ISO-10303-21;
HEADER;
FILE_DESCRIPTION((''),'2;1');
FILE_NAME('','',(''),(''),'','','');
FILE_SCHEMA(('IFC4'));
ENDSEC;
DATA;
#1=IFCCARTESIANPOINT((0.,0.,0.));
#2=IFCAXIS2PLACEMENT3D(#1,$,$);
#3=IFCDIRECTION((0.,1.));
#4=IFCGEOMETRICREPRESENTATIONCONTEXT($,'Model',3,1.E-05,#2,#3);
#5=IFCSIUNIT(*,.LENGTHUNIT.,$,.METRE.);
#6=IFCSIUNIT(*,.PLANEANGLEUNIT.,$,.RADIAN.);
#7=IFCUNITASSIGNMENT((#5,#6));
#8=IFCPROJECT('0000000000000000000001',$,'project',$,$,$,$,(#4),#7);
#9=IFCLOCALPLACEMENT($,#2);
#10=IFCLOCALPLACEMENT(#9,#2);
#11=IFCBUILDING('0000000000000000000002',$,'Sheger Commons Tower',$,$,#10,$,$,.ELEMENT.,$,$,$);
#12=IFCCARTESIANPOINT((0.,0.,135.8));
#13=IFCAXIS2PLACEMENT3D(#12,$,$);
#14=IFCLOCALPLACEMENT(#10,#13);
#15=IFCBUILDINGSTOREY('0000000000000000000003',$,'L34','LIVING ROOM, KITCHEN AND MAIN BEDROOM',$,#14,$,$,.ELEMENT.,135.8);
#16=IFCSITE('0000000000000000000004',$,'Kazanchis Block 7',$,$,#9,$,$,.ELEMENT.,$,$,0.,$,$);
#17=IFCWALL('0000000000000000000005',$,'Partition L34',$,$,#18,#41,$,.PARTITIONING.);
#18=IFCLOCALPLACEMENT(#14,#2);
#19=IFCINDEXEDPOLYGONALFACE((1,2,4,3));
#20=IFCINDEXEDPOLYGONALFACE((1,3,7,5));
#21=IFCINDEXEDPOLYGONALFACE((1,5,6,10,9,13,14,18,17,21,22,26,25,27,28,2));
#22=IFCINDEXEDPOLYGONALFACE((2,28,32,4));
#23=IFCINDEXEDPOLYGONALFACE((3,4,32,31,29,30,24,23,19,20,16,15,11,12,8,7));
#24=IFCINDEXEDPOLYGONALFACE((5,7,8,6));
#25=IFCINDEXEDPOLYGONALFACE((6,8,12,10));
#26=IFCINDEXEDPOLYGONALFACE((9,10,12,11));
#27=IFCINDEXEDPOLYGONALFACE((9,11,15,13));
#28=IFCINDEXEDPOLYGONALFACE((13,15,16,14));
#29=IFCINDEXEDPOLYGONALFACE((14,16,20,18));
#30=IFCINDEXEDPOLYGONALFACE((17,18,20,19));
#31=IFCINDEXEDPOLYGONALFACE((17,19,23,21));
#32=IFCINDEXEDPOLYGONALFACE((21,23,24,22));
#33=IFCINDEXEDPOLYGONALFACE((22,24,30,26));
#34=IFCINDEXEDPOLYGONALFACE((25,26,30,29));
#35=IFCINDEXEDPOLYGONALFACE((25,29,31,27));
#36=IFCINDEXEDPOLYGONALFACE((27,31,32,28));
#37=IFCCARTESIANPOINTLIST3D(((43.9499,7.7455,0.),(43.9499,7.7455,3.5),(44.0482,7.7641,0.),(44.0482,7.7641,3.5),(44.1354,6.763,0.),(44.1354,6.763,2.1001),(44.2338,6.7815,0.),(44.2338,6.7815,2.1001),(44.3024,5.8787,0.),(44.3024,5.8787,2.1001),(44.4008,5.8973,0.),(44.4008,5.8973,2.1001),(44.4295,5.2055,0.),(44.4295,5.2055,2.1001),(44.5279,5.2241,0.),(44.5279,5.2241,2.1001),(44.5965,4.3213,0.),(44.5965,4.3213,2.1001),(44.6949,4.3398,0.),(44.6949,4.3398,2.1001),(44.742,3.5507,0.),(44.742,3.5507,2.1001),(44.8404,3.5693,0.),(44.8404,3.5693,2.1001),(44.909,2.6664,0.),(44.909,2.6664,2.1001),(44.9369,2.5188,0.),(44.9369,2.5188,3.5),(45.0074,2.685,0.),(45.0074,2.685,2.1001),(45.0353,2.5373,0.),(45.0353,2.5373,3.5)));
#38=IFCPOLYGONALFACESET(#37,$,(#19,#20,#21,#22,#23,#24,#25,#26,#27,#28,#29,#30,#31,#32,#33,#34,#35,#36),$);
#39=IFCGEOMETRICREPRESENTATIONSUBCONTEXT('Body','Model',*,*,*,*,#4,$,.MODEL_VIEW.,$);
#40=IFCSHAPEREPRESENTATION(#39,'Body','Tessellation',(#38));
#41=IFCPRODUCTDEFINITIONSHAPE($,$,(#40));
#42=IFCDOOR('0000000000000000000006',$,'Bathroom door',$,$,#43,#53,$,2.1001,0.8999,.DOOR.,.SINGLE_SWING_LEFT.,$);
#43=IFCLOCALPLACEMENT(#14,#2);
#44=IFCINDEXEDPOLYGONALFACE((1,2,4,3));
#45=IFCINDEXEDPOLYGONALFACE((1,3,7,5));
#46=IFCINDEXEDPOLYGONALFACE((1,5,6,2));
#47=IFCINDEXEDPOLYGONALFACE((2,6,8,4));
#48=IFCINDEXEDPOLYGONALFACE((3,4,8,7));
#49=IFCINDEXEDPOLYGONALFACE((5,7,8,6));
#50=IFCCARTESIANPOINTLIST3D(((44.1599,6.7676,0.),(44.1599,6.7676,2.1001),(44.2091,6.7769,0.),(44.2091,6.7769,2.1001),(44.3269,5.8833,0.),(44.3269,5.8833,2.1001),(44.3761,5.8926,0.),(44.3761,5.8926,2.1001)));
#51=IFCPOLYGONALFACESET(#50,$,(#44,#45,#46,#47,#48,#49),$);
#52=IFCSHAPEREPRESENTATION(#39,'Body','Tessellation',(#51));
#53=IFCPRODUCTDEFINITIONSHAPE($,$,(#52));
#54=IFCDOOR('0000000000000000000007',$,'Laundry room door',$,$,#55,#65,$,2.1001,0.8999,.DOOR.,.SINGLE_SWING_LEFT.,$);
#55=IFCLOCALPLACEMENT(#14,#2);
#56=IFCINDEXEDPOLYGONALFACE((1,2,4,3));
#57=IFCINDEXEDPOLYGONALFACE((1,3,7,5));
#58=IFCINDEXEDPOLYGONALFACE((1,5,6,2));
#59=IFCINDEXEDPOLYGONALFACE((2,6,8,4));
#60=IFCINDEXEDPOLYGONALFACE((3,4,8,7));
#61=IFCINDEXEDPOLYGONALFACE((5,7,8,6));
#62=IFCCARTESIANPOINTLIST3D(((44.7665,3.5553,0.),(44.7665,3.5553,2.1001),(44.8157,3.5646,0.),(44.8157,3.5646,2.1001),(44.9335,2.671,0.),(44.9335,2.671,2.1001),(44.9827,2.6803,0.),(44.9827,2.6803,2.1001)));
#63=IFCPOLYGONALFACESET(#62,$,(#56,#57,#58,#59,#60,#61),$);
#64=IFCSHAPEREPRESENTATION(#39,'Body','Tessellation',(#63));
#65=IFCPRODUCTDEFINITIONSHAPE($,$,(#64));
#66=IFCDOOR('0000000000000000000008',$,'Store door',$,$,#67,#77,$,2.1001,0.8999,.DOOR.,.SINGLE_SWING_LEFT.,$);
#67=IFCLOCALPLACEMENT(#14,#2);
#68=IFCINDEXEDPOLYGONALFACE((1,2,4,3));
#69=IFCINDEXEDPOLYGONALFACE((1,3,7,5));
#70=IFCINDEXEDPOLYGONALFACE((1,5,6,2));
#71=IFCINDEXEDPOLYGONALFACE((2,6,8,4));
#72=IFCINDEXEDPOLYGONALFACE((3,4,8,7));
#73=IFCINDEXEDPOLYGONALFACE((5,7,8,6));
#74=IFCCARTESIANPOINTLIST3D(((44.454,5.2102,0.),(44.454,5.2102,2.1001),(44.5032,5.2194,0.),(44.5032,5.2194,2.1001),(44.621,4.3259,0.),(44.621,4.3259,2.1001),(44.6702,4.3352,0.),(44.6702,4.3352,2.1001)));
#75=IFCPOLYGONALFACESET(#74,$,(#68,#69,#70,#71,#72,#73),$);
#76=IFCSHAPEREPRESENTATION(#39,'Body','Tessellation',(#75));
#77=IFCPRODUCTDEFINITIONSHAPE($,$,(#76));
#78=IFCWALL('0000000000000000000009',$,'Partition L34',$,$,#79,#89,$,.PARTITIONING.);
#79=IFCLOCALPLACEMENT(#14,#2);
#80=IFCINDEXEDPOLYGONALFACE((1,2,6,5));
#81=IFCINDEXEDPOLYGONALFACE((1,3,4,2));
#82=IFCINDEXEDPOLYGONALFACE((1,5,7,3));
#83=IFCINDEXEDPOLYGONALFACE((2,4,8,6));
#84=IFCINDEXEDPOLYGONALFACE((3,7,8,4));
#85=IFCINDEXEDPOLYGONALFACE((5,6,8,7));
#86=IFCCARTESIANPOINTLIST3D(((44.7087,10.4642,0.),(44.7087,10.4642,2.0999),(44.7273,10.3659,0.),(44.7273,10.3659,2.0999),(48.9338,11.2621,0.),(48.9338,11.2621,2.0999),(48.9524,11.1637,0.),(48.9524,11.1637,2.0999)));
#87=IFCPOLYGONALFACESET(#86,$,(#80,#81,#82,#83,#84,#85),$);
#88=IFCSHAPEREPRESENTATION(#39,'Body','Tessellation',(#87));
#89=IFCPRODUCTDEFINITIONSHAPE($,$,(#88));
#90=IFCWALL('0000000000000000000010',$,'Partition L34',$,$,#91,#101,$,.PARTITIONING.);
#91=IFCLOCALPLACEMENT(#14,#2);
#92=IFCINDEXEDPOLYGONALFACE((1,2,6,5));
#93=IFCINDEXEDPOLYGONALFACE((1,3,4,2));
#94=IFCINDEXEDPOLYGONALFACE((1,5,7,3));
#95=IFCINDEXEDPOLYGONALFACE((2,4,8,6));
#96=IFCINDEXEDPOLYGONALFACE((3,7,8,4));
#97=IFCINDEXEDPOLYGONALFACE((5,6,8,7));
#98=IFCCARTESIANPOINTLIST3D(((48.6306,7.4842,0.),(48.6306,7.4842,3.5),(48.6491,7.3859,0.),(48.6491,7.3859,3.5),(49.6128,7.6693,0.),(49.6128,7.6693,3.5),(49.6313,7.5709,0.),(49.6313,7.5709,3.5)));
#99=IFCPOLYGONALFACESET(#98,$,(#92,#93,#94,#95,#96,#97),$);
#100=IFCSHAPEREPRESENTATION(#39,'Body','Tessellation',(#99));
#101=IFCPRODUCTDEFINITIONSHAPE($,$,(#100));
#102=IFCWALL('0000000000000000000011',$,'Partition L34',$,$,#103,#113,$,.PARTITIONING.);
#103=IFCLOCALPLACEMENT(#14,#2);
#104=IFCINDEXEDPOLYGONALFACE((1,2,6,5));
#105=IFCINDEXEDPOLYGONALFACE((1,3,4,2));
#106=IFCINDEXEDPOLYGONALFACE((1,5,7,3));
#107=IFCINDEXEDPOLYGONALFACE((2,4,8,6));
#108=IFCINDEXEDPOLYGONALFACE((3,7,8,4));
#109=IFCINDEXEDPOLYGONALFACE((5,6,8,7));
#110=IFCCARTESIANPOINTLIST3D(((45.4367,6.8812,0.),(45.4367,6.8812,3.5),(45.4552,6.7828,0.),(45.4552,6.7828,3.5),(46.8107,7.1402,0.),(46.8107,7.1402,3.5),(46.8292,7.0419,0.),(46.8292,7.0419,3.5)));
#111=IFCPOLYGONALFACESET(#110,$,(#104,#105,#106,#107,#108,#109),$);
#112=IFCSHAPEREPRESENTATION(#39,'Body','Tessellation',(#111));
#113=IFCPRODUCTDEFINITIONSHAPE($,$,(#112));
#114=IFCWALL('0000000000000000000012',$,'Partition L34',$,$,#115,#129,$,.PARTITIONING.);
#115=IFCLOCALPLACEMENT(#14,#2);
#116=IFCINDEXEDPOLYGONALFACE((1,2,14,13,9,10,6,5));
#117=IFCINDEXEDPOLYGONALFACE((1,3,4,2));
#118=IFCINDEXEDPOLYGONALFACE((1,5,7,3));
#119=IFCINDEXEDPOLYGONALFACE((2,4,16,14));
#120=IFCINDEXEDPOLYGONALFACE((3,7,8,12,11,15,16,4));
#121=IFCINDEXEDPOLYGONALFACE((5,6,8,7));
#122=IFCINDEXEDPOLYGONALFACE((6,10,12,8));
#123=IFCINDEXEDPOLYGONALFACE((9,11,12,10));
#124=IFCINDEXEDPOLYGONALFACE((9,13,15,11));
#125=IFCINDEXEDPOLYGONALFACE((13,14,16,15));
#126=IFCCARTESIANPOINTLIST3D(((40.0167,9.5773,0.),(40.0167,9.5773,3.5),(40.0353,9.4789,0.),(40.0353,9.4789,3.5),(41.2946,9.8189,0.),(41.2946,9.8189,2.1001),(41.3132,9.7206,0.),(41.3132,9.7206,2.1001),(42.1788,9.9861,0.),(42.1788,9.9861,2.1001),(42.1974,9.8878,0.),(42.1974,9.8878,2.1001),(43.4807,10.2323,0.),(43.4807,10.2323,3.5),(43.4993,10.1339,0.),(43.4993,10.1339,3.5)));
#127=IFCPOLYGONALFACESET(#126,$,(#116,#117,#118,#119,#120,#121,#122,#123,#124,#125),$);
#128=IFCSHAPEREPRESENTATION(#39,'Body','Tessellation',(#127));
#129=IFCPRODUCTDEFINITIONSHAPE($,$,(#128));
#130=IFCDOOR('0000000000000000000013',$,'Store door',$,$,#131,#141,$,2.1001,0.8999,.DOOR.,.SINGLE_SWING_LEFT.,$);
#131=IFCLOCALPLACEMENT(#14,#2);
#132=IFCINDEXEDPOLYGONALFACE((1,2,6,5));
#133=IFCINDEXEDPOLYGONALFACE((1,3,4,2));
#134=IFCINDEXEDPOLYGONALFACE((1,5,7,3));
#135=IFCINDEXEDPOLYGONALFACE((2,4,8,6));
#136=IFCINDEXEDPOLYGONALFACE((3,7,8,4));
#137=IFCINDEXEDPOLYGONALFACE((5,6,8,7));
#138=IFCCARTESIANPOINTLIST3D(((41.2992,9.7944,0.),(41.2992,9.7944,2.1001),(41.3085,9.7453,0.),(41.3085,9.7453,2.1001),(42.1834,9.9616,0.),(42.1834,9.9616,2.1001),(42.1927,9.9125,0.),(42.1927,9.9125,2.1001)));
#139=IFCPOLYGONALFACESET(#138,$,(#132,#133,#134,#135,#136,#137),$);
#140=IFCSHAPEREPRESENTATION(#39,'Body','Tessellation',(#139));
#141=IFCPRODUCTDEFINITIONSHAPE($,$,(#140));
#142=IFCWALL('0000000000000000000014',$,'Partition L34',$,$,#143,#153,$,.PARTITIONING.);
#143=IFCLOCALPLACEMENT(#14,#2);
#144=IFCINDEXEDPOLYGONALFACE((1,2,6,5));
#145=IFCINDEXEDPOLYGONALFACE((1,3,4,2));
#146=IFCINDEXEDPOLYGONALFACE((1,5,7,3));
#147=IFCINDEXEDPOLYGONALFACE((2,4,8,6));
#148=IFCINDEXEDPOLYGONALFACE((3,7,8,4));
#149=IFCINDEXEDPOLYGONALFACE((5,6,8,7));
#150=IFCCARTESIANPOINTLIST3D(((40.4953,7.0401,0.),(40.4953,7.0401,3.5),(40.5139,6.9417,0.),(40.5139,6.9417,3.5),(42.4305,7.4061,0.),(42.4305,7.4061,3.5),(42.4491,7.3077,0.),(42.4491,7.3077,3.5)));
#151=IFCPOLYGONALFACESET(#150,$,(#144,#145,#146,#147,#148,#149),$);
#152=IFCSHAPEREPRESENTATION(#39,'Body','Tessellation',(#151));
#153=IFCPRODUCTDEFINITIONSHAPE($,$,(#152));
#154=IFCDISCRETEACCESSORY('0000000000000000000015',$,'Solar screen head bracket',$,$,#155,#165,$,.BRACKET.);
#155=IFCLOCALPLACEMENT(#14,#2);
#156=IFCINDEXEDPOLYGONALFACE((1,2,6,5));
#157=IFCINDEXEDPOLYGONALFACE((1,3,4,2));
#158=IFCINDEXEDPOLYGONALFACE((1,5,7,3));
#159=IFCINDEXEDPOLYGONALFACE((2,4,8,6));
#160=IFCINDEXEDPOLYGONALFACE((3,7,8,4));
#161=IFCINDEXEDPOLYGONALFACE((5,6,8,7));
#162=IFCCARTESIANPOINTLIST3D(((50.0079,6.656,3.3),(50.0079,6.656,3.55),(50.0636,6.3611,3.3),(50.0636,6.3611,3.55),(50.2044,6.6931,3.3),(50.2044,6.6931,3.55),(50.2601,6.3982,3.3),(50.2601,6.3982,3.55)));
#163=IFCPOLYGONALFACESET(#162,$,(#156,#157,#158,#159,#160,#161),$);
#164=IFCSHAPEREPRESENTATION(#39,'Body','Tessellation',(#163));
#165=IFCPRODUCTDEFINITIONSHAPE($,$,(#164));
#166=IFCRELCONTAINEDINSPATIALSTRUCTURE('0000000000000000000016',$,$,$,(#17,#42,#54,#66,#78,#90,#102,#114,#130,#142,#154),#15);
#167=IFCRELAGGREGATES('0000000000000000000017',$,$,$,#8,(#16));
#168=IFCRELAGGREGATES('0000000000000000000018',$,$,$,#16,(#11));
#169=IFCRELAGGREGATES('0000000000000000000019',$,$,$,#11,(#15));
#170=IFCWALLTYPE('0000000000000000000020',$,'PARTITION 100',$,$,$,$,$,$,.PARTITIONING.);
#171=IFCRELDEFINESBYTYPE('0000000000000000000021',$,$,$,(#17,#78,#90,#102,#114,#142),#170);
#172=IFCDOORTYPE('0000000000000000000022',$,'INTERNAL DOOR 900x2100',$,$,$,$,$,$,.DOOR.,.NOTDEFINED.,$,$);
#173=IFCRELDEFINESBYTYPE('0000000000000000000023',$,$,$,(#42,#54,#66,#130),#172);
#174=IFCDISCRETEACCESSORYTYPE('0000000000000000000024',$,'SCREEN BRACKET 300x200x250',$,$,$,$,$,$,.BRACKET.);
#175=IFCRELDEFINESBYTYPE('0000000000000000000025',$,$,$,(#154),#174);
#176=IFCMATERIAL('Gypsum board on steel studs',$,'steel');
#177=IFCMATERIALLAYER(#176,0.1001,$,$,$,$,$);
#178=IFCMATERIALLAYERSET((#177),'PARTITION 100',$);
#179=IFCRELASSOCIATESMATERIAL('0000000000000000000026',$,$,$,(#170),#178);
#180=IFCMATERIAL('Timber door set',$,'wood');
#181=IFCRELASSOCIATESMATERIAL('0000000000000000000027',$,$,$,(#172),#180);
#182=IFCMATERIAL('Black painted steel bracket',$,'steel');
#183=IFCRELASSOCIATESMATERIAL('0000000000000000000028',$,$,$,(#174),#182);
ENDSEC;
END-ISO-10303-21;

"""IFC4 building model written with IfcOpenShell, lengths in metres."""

from ifc_helpers import new_model, si_unit, direction, frame, frame_2d, origin, origin_2d, place, context, subcontext, project, spatial, rectangle, extrude, material, layer, layer_set, type_object, element, fill, save


model = new_model("IFC4")

# Units and contexts
model_context = context("Model", 3, precision=1e-05, world=origin(), true_north=direction((0.0, 1.0)))
body_context = subcontext(model_context, "Body", "Model", "MODEL_VIEW")
ifc_project = project(units=[si_unit("LENGTHUNIT", "METRE"), si_unit("PLANEANGLEUNIT", "RADIAN")], contexts=[model_context])

# Site, building, storey
site_placement = place(None, origin())
site = spatial("IfcSite", under=ifc_project, at=site_placement, Name="Kazanchis Block 7", CompositionType="ELEMENT", RefElevation=0.0)
building_placement = place(site_placement, origin())
building = spatial("IfcBuilding", under=site, at=building_placement, Name="Sheger Commons Tower", CompositionType="ELEMENT")
storey_placement = place(building_placement, frame((0.0, 0.0, 135.8)))
storey = spatial("IfcBuildingStorey", under=building, at=storey_placement, Name="L34", Description="LIVING ROOM, KITCHEN AND MAIN BEDROOM", CompositionType="ELEMENT", Elevation=135.8)

# Shared definitions
ifc_material_1 = material(Name="Gypsum board on steel studs", Category="steel")
ifc_layer_1 = layer(ifc_material_1, 0.1001)
ifc_layer_set_1 = layer_set([ifc_layer_1], Name="PARTITION 100")
wall_type_1 = type_object("IfcWallType", Name="PARTITION 100", PredefinedType="PARTITIONING", material=ifc_layer_set_1)
ifc_material_2 = material(Name="Timber door set", Category="wood")
door_type_1 = type_object("IfcDoorType", Name="INTERNAL DOOR 900x2100", OperationType="NOTDEFINED", PredefinedType="DOOR", material=ifc_material_2)

# Wall, openings, doors
wall_1_placement = place(storey_placement, frame((43.999, 7.7549, 0.0), z_axis=(0.0, 0.0, 1.0), x_axis=(0.185566, -0.982632, 0.0)))
wall_1 = element("IfcWall", 1, at=wall_1_placement, inside=storey, type_object=wall_type_1, Name="Partition L34", PredefinedType="PARTITIONING", context=body_context, shape_type="SweptSolid", body=[
    extrude(rectangle(XDim=5.3191, YDim=0.1001, at=frame_2d((2.6597, 0.0))), origin(), (0.0, 0.0, 1.0), 3.5),
])
opening_1_placement = place(wall_1_placement, frame((1.0, 0.0, 0.0)))
opening_1 = element("IfcOpeningElement", 2, at=opening_1_placement, cuts=wall_1, PredefinedType="OPENING", context=body_context, shape_type="SweptSolid", body=[
    extrude(rectangle(XDim=0.8999, YDim=2.1001, at=frame_2d((0.45, 1.05))), frame((0.0, 0.0601, 0.0), z_axis=(0.0, -1.0, 0.0), x_axis=(1.0, 0.0, 0.0)), (0.0, 0.0, 1.0), 0.1201),
])
opening_2_placement = place(wall_1_placement, frame((4.269, 0.0, 0.0)))
opening_2 = element("IfcOpeningElement", 3, at=opening_2_placement, cuts=wall_1, PredefinedType="OPENING", context=body_context, shape_type="SweptSolid", body=[
    extrude(rectangle(XDim=0.8999, YDim=2.1001, at=frame_2d((0.45, 1.05))), frame((0.0, 0.0601, 0.0), z_axis=(0.0, -1.0, 0.0), x_axis=(1.0, 0.0, 0.0)), (0.0, 0.0, 1.0), 0.1201),
])
opening_3_placement = place(wall_1_placement, frame((2.585, 0.0, 0.0)))
opening_3 = element("IfcOpeningElement", 4, at=opening_3_placement, cuts=wall_1, PredefinedType="OPENING", context=body_context, shape_type="SweptSolid", body=[
    extrude(rectangle(XDim=0.8999, YDim=2.1001, at=frame_2d((0.45, 1.05))), frame((0.0, 0.0601, 0.0), z_axis=(0.0, -1.0, 0.0), x_axis=(1.0, 0.0, 0.0)), (0.0, 0.0, 1.0), 0.1201),
])
door_1_placement = place(opening_1_placement, origin())
door_1 = element("IfcDoor", 5, at=door_1_placement, inside=storey, type_object=door_type_1, Name="Bathroom door", OperationType="SINGLE_SWING_LEFT", OverallHeight=2.1001, OverallWidth=0.8999, PredefinedType="DOOR", context=body_context, shape_type="SweptSolid", body=[
    extrude(rectangle(XDim=0.8999, YDim=2.1001, at=frame_2d((0.45, 1.05))), frame((0.0, 0.0249, 0.0), z_axis=(0.0, -1.0, 0.0), x_axis=(1.0, 0.0, 0.0)), (0.0, 0.0, 1.0), 0.05),
])
fill(opening_1, door_1)
door_2_placement = place(opening_2_placement, origin())
door_2 = element("IfcDoor", 6, at=door_2_placement, inside=storey, type_object=door_type_1, Name="Laundry room door", OperationType="SINGLE_SWING_LEFT", OverallHeight=2.1001, OverallWidth=0.8999, PredefinedType="DOOR", context=body_context, shape_type="SweptSolid", body=[
    extrude(rectangle(XDim=0.8999, YDim=2.1001, at=frame_2d((0.45, 1.05))), frame((0.0, 0.0249, 0.0), z_axis=(0.0, -1.0, 0.0), x_axis=(1.0, 0.0, 0.0)), (0.0, 0.0, 1.0), 0.05),
])
fill(opening_2, door_2)
door_3_placement = place(opening_3_placement, origin())
door_3 = element("IfcDoor", 7, at=door_3_placement, inside=storey, type_object=door_type_1, Name="Store door", OperationType="SINGLE_SWING_LEFT", OverallHeight=2.1001, OverallWidth=0.8999, PredefinedType="DOOR", context=body_context, shape_type="SweptSolid", body=[
    extrude(rectangle(XDim=0.8999, YDim=2.1001, at=frame_2d((0.45, 1.05))), frame((0.0, 0.0249, 0.0), z_axis=(0.0, -1.0, 0.0), x_axis=(1.0, 0.0, 0.0)), (0.0, 0.0, 1.0), 0.05),
])
fill(opening_3, door_3)

# Walls
wall_2_placement = place(storey_placement, frame((48.9431, 11.2129, 0.0), z_axis=(0.0, 0.0, 1.0), x_axis=(-0.982634, -0.185557, 0.0)))
element("IfcWall", 8, at=wall_2_placement, inside=storey, type_object=wall_type_1, Name="Partition L34", PredefinedType="PARTITIONING", context=body_context, shape_type="SweptSolid", body=[
    extrude(rectangle(XDim=4.2998, YDim=0.1001, at=frame_2d((2.1499, 0.0))), origin(), (0.0, 0.0, 1.0), 2.0999),
])
wall_3_placement = place(storey_placement, frame((49.6221, 7.6201, 0.0), z_axis=(0.0, 0.0, 1.0), x_axis=(-0.982709, -0.185159, 0.0)))
element("IfcWall", 9, at=wall_3_placement, inside=storey, type_object=wall_type_1, Name="Partition L34", PredefinedType="PARTITIONING", context=body_context, shape_type="SweptSolid", body=[
    extrude(rectangle(XDim=0.9995, YDim=0.1001, at=frame_2d((0.4998, 0.0))), origin(), (0.0, 0.0, 1.0), 3.5),
])
wall_4_placement = place(storey_placement, frame((46.8201, 7.0911, 0.0), z_axis=(0.0, 0.0, 1.0), x_axis=(-0.98269, -0.185258, 0.0)))
element("IfcWall", 10, at=wall_4_placement, inside=storey, type_object=wall_type_1, Name="Partition L34", PredefinedType="PARTITIONING", context=body_context, shape_type="SweptSolid", body=[
    extrude(rectangle(XDim=1.3982, YDim=0.1001, at=frame_2d((0.6992, 0.0))), origin(), (0.0, 0.0, 1.0), 3.5),
])

# Wall, opening, door
wall_5_placement = place(storey_placement, frame((43.49, 10.1831, 0.0), z_axis=(0.0, 0.0, 1.0), x_axis=(-0.982588, -0.185798, 0.0)))
wall_5 = element("IfcWall", 11, at=wall_5_placement, inside=storey, type_object=wall_type_1, Name="Partition L34", PredefinedType="PARTITIONING", context=body_context, shape_type="SweptSolid", body=[
    extrude(rectangle(XDim=3.5254, YDim=0.1001, at=frame_2d((1.7627, 0.0))), origin(), (0.0, 0.0, 1.0), 3.5),
])
opening_4_placement = place(wall_5_placement, frame((1.325, 0.0, 0.0)))
opening_4 = element("IfcOpeningElement", 12, at=opening_4_placement, cuts=wall_5, PredefinedType="OPENING", context=body_context, shape_type="SweptSolid", body=[
    extrude(rectangle(XDim=0.8999, YDim=2.1001, at=frame_2d((0.45, 1.05))), frame((0.0, 0.0601, 0.0), z_axis=(0.0, -1.0, 0.0), x_axis=(1.0, 0.0, 0.0)), (0.0, 0.0, 1.0), 0.1201),
])
door_4_placement = place(opening_4_placement, origin())
door_4 = element("IfcDoor", 13, at=door_4_placement, inside=storey, type_object=door_type_1, Name="Store door", OperationType="SINGLE_SWING_LEFT", OverallHeight=2.1001, OverallWidth=0.8999, PredefinedType="DOOR", context=body_context, shape_type="SweptSolid", body=[
    extrude(rectangle(XDim=0.8999, YDim=2.1001, at=frame_2d((0.45, 1.05))), frame((0.0, 0.0249, 0.0), z_axis=(0.0, -1.0, 0.0), x_axis=(1.0, 0.0, 0.0)), (0.0, 0.0, 1.0), 0.05),
])
fill(opening_4, door_4)

# Wall
wall_6_placement = place(storey_placement, frame((42.4399, 7.3569, 0.0), z_axis=(0.0, 0.0, 1.0), x_axis=(-0.982582, -0.18583, 0.0)))
element("IfcWall", 14, at=wall_6_placement, inside=storey, type_object=wall_type_1, Name="Partition L34", PredefinedType="PARTITIONING", context=body_context, shape_type="SweptSolid", body=[
    extrude(rectangle(XDim=1.9695, YDim=0.1001, at=frame_2d((0.9849, 0.0))), origin(), (0.0, 0.0, 1.0), 3.5),
])

# Discrete accessory
ifc_material_3 = material(Name="Black painted steel bracket", Category="steel")
discrete_accessory_type = type_object("IfcDiscreteAccessoryType", Name="SCREEN BRACKET 300x200x250", PredefinedType="BRACKET", material=ifc_material_3)
discrete_accessory_placement = place(storey_placement, frame((50.134, 6.5271, 3.3), z_axis=(0.0, 0.0, 1.0), x_axis=(-0.185615, 0.982623, 0.0)))
element("IfcDiscreteAccessory", 15, at=discrete_accessory_placement, inside=storey, type_object=discrete_accessory_type, Name="Solar screen head bracket", PredefinedType="BRACKET", context=body_context, shape_type="SweptSolid", body=[
    extrude(rectangle(XDim=0.3, YDim=0.2, at=origin_2d()), origin(), (0.0, 0.0, 1.0), 0.25),
])

save(model, "model.ifc")
